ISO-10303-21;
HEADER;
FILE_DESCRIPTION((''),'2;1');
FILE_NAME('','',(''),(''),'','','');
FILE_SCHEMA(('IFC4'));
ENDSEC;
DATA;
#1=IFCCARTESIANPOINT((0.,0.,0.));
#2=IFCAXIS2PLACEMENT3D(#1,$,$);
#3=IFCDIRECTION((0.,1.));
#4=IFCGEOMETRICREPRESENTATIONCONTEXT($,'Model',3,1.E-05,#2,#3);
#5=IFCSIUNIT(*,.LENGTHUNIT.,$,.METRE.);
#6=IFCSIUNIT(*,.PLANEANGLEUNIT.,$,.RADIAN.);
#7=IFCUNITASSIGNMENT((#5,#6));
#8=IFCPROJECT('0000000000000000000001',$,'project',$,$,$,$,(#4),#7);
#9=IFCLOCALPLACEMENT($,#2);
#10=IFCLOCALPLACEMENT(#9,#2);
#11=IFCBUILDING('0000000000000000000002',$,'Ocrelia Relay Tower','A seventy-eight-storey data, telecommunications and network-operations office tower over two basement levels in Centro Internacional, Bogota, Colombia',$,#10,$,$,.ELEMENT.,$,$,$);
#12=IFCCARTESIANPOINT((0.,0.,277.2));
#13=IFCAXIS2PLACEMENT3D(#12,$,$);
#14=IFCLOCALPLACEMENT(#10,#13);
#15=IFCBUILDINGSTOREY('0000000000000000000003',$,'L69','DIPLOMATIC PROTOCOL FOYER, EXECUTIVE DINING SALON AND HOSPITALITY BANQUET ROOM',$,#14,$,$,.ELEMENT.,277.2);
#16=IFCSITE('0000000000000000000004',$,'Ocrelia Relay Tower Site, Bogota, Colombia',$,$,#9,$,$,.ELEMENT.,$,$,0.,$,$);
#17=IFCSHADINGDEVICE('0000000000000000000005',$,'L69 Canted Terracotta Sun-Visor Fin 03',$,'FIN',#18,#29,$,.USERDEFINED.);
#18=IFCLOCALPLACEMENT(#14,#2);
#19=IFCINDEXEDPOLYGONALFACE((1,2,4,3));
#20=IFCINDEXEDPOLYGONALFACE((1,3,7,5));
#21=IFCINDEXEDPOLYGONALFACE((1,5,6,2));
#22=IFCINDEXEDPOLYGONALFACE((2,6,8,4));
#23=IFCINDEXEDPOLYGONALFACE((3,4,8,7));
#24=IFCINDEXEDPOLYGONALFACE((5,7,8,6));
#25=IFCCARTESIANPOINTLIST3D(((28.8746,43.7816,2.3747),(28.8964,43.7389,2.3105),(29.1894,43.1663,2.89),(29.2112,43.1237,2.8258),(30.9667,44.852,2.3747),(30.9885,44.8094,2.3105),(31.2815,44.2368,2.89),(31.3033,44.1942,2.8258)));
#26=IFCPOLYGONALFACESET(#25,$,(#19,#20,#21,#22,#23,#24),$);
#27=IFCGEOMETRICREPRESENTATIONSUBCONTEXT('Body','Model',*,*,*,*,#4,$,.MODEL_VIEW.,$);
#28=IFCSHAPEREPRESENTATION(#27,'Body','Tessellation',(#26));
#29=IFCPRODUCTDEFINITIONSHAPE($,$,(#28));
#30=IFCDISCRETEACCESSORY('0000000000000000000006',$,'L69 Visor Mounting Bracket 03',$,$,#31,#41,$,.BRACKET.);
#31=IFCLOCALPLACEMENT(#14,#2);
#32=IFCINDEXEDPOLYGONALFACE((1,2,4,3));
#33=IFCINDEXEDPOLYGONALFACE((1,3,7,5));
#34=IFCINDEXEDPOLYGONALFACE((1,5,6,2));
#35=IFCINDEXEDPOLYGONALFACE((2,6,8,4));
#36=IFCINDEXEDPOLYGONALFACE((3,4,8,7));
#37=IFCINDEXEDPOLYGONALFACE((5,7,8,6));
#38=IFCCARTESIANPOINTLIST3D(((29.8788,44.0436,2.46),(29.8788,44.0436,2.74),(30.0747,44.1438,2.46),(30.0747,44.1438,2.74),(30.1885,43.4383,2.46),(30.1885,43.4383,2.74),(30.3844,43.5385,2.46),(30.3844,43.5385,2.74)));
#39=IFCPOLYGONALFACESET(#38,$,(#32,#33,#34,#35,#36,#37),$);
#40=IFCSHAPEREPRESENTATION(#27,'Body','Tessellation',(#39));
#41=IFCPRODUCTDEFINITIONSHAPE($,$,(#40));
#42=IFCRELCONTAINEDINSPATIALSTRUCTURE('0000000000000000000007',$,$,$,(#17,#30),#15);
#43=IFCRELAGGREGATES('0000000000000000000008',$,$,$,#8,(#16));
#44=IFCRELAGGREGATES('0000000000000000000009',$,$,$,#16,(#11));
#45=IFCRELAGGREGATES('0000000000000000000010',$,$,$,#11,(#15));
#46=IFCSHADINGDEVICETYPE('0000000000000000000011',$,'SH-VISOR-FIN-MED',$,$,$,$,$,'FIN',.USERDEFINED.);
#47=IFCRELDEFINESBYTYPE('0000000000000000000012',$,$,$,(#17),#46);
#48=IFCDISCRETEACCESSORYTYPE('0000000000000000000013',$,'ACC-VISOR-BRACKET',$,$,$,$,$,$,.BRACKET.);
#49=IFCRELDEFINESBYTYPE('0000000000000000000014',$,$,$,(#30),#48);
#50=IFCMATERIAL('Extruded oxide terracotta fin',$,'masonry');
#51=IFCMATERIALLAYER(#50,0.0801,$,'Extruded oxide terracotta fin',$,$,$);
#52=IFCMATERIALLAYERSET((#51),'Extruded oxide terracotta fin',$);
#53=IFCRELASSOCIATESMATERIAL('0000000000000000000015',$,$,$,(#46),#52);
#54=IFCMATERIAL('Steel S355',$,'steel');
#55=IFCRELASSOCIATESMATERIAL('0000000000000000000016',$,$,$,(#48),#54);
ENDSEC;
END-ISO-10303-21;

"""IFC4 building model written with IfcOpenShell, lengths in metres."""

from ifc_helpers import new_model, si_unit, direction, frame, origin, origin_2d, place, context, subcontext, project, spatial, rectangle, extrude, material, layer, layer_set, type_object, element, save


model = new_model("IFC4")

# Units and contexts
model_context = context("Model", 3, precision=1e-05, world=origin(), true_north=direction((0.0, 1.0)))
body_context = subcontext(model_context, "Body", "Model", "MODEL_VIEW")
ifc_project = project(units=[si_unit("LENGTHUNIT", "METRE"), si_unit("PLANEANGLEUNIT", "RADIAN")], contexts=[model_context])

# Site, building, storey
site_placement = place(None, origin())
site = spatial("IfcSite", under=ifc_project, at=site_placement, Name="Ocrelia Relay Tower Site, Bogota, Colombia", CompositionType="ELEMENT", RefElevation=0.0)
building_placement = place(site_placement, origin())
building = spatial("IfcBuilding", under=site, at=building_placement, Name="Ocrelia Relay Tower", Description="A seventy-eight-storey data, telecommunications and network-operations office tower over two basement levels in Centro Internacional, Bogota, Colombia", CompositionType="ELEMENT")
storey_placement = place(building_placement, frame((0.0, 0.0, 277.2)))
storey = spatial("IfcBuildingStorey", under=building, at=storey_placement, Name="L69", Description="DIPLOMATIC PROTOCOL FOYER, EXECUTIVE DINING SALON AND HOSPITALITY BANQUET ROOM", CompositionType="ELEMENT", Elevation=277.2)

# Shared definitions
ifc_material_1 = material(Name="Steel S355", Category="steel")

# Shading device
ifc_material_2 = material(Name="Extruded oxide terracotta fin", Category="masonry")
ifc_layer_1 = layer(ifc_material_2, 0.0801, Name="Extruded oxide terracotta fin")
ifc_layer_set_1 = layer_set([ifc_layer_1], Name="Extruded oxide terracotta fin")
shading_device_type_1 = type_object("IfcShadingDeviceType", Name="SH-VISOR-FIN-MED", ElementType="FIN", PredefinedType="USERDEFINED", material=ifc_layer_set_1)
shading_device_1_placement = place(storey_placement, frame((30.0999, 43.9666, 2.5681), z_axis=(-0.272277, 0.532154, 0.801671), x_axis=(-0.89024, -0.455492, 0.0)))
element("IfcShadingDevice", 1, at=shading_device_1_placement, inside=storey, type_object=shading_device_type_1, Name="L69 Canted Terracotta Sun-Visor Fin 03", ObjectType="FIN", PredefinedType="USERDEFINED", context=body_context, shape_type="SweptSolid", body=[
    extrude(rectangle(XDim=2.3501, YDim=0.8621, at=origin_2d()), origin(), (0.0, 0.0, 1.0), 0.0801),
])

# Discrete accessory
discrete_accessory_type = type_object("IfcDiscreteAccessoryType", Name="ACC-VISOR-BRACKET", PredefinedType="BRACKET", material=ifc_material_1)
discrete_accessory_placement = place(storey_placement, frame((30.1316, 43.791, 2.46), z_axis=(0.0, 0.0, 1.0), x_axis=(-0.89024, -0.455492, 0.0)))
element("IfcDiscreteAccessory", 2, at=discrete_accessory_placement, inside=storey, type_object=discrete_accessory_type, Name="L69 Visor Mounting Bracket 03", PredefinedType="BRACKET", context=body_context, shape_type="SweptSolid", body=[
    extrude(rectangle(XDim=0.22, YDim=0.6799, at=origin_2d()), origin(), (0.0, 0.0, 1.0), 0.28),
])

save(model, "model.ifc")
